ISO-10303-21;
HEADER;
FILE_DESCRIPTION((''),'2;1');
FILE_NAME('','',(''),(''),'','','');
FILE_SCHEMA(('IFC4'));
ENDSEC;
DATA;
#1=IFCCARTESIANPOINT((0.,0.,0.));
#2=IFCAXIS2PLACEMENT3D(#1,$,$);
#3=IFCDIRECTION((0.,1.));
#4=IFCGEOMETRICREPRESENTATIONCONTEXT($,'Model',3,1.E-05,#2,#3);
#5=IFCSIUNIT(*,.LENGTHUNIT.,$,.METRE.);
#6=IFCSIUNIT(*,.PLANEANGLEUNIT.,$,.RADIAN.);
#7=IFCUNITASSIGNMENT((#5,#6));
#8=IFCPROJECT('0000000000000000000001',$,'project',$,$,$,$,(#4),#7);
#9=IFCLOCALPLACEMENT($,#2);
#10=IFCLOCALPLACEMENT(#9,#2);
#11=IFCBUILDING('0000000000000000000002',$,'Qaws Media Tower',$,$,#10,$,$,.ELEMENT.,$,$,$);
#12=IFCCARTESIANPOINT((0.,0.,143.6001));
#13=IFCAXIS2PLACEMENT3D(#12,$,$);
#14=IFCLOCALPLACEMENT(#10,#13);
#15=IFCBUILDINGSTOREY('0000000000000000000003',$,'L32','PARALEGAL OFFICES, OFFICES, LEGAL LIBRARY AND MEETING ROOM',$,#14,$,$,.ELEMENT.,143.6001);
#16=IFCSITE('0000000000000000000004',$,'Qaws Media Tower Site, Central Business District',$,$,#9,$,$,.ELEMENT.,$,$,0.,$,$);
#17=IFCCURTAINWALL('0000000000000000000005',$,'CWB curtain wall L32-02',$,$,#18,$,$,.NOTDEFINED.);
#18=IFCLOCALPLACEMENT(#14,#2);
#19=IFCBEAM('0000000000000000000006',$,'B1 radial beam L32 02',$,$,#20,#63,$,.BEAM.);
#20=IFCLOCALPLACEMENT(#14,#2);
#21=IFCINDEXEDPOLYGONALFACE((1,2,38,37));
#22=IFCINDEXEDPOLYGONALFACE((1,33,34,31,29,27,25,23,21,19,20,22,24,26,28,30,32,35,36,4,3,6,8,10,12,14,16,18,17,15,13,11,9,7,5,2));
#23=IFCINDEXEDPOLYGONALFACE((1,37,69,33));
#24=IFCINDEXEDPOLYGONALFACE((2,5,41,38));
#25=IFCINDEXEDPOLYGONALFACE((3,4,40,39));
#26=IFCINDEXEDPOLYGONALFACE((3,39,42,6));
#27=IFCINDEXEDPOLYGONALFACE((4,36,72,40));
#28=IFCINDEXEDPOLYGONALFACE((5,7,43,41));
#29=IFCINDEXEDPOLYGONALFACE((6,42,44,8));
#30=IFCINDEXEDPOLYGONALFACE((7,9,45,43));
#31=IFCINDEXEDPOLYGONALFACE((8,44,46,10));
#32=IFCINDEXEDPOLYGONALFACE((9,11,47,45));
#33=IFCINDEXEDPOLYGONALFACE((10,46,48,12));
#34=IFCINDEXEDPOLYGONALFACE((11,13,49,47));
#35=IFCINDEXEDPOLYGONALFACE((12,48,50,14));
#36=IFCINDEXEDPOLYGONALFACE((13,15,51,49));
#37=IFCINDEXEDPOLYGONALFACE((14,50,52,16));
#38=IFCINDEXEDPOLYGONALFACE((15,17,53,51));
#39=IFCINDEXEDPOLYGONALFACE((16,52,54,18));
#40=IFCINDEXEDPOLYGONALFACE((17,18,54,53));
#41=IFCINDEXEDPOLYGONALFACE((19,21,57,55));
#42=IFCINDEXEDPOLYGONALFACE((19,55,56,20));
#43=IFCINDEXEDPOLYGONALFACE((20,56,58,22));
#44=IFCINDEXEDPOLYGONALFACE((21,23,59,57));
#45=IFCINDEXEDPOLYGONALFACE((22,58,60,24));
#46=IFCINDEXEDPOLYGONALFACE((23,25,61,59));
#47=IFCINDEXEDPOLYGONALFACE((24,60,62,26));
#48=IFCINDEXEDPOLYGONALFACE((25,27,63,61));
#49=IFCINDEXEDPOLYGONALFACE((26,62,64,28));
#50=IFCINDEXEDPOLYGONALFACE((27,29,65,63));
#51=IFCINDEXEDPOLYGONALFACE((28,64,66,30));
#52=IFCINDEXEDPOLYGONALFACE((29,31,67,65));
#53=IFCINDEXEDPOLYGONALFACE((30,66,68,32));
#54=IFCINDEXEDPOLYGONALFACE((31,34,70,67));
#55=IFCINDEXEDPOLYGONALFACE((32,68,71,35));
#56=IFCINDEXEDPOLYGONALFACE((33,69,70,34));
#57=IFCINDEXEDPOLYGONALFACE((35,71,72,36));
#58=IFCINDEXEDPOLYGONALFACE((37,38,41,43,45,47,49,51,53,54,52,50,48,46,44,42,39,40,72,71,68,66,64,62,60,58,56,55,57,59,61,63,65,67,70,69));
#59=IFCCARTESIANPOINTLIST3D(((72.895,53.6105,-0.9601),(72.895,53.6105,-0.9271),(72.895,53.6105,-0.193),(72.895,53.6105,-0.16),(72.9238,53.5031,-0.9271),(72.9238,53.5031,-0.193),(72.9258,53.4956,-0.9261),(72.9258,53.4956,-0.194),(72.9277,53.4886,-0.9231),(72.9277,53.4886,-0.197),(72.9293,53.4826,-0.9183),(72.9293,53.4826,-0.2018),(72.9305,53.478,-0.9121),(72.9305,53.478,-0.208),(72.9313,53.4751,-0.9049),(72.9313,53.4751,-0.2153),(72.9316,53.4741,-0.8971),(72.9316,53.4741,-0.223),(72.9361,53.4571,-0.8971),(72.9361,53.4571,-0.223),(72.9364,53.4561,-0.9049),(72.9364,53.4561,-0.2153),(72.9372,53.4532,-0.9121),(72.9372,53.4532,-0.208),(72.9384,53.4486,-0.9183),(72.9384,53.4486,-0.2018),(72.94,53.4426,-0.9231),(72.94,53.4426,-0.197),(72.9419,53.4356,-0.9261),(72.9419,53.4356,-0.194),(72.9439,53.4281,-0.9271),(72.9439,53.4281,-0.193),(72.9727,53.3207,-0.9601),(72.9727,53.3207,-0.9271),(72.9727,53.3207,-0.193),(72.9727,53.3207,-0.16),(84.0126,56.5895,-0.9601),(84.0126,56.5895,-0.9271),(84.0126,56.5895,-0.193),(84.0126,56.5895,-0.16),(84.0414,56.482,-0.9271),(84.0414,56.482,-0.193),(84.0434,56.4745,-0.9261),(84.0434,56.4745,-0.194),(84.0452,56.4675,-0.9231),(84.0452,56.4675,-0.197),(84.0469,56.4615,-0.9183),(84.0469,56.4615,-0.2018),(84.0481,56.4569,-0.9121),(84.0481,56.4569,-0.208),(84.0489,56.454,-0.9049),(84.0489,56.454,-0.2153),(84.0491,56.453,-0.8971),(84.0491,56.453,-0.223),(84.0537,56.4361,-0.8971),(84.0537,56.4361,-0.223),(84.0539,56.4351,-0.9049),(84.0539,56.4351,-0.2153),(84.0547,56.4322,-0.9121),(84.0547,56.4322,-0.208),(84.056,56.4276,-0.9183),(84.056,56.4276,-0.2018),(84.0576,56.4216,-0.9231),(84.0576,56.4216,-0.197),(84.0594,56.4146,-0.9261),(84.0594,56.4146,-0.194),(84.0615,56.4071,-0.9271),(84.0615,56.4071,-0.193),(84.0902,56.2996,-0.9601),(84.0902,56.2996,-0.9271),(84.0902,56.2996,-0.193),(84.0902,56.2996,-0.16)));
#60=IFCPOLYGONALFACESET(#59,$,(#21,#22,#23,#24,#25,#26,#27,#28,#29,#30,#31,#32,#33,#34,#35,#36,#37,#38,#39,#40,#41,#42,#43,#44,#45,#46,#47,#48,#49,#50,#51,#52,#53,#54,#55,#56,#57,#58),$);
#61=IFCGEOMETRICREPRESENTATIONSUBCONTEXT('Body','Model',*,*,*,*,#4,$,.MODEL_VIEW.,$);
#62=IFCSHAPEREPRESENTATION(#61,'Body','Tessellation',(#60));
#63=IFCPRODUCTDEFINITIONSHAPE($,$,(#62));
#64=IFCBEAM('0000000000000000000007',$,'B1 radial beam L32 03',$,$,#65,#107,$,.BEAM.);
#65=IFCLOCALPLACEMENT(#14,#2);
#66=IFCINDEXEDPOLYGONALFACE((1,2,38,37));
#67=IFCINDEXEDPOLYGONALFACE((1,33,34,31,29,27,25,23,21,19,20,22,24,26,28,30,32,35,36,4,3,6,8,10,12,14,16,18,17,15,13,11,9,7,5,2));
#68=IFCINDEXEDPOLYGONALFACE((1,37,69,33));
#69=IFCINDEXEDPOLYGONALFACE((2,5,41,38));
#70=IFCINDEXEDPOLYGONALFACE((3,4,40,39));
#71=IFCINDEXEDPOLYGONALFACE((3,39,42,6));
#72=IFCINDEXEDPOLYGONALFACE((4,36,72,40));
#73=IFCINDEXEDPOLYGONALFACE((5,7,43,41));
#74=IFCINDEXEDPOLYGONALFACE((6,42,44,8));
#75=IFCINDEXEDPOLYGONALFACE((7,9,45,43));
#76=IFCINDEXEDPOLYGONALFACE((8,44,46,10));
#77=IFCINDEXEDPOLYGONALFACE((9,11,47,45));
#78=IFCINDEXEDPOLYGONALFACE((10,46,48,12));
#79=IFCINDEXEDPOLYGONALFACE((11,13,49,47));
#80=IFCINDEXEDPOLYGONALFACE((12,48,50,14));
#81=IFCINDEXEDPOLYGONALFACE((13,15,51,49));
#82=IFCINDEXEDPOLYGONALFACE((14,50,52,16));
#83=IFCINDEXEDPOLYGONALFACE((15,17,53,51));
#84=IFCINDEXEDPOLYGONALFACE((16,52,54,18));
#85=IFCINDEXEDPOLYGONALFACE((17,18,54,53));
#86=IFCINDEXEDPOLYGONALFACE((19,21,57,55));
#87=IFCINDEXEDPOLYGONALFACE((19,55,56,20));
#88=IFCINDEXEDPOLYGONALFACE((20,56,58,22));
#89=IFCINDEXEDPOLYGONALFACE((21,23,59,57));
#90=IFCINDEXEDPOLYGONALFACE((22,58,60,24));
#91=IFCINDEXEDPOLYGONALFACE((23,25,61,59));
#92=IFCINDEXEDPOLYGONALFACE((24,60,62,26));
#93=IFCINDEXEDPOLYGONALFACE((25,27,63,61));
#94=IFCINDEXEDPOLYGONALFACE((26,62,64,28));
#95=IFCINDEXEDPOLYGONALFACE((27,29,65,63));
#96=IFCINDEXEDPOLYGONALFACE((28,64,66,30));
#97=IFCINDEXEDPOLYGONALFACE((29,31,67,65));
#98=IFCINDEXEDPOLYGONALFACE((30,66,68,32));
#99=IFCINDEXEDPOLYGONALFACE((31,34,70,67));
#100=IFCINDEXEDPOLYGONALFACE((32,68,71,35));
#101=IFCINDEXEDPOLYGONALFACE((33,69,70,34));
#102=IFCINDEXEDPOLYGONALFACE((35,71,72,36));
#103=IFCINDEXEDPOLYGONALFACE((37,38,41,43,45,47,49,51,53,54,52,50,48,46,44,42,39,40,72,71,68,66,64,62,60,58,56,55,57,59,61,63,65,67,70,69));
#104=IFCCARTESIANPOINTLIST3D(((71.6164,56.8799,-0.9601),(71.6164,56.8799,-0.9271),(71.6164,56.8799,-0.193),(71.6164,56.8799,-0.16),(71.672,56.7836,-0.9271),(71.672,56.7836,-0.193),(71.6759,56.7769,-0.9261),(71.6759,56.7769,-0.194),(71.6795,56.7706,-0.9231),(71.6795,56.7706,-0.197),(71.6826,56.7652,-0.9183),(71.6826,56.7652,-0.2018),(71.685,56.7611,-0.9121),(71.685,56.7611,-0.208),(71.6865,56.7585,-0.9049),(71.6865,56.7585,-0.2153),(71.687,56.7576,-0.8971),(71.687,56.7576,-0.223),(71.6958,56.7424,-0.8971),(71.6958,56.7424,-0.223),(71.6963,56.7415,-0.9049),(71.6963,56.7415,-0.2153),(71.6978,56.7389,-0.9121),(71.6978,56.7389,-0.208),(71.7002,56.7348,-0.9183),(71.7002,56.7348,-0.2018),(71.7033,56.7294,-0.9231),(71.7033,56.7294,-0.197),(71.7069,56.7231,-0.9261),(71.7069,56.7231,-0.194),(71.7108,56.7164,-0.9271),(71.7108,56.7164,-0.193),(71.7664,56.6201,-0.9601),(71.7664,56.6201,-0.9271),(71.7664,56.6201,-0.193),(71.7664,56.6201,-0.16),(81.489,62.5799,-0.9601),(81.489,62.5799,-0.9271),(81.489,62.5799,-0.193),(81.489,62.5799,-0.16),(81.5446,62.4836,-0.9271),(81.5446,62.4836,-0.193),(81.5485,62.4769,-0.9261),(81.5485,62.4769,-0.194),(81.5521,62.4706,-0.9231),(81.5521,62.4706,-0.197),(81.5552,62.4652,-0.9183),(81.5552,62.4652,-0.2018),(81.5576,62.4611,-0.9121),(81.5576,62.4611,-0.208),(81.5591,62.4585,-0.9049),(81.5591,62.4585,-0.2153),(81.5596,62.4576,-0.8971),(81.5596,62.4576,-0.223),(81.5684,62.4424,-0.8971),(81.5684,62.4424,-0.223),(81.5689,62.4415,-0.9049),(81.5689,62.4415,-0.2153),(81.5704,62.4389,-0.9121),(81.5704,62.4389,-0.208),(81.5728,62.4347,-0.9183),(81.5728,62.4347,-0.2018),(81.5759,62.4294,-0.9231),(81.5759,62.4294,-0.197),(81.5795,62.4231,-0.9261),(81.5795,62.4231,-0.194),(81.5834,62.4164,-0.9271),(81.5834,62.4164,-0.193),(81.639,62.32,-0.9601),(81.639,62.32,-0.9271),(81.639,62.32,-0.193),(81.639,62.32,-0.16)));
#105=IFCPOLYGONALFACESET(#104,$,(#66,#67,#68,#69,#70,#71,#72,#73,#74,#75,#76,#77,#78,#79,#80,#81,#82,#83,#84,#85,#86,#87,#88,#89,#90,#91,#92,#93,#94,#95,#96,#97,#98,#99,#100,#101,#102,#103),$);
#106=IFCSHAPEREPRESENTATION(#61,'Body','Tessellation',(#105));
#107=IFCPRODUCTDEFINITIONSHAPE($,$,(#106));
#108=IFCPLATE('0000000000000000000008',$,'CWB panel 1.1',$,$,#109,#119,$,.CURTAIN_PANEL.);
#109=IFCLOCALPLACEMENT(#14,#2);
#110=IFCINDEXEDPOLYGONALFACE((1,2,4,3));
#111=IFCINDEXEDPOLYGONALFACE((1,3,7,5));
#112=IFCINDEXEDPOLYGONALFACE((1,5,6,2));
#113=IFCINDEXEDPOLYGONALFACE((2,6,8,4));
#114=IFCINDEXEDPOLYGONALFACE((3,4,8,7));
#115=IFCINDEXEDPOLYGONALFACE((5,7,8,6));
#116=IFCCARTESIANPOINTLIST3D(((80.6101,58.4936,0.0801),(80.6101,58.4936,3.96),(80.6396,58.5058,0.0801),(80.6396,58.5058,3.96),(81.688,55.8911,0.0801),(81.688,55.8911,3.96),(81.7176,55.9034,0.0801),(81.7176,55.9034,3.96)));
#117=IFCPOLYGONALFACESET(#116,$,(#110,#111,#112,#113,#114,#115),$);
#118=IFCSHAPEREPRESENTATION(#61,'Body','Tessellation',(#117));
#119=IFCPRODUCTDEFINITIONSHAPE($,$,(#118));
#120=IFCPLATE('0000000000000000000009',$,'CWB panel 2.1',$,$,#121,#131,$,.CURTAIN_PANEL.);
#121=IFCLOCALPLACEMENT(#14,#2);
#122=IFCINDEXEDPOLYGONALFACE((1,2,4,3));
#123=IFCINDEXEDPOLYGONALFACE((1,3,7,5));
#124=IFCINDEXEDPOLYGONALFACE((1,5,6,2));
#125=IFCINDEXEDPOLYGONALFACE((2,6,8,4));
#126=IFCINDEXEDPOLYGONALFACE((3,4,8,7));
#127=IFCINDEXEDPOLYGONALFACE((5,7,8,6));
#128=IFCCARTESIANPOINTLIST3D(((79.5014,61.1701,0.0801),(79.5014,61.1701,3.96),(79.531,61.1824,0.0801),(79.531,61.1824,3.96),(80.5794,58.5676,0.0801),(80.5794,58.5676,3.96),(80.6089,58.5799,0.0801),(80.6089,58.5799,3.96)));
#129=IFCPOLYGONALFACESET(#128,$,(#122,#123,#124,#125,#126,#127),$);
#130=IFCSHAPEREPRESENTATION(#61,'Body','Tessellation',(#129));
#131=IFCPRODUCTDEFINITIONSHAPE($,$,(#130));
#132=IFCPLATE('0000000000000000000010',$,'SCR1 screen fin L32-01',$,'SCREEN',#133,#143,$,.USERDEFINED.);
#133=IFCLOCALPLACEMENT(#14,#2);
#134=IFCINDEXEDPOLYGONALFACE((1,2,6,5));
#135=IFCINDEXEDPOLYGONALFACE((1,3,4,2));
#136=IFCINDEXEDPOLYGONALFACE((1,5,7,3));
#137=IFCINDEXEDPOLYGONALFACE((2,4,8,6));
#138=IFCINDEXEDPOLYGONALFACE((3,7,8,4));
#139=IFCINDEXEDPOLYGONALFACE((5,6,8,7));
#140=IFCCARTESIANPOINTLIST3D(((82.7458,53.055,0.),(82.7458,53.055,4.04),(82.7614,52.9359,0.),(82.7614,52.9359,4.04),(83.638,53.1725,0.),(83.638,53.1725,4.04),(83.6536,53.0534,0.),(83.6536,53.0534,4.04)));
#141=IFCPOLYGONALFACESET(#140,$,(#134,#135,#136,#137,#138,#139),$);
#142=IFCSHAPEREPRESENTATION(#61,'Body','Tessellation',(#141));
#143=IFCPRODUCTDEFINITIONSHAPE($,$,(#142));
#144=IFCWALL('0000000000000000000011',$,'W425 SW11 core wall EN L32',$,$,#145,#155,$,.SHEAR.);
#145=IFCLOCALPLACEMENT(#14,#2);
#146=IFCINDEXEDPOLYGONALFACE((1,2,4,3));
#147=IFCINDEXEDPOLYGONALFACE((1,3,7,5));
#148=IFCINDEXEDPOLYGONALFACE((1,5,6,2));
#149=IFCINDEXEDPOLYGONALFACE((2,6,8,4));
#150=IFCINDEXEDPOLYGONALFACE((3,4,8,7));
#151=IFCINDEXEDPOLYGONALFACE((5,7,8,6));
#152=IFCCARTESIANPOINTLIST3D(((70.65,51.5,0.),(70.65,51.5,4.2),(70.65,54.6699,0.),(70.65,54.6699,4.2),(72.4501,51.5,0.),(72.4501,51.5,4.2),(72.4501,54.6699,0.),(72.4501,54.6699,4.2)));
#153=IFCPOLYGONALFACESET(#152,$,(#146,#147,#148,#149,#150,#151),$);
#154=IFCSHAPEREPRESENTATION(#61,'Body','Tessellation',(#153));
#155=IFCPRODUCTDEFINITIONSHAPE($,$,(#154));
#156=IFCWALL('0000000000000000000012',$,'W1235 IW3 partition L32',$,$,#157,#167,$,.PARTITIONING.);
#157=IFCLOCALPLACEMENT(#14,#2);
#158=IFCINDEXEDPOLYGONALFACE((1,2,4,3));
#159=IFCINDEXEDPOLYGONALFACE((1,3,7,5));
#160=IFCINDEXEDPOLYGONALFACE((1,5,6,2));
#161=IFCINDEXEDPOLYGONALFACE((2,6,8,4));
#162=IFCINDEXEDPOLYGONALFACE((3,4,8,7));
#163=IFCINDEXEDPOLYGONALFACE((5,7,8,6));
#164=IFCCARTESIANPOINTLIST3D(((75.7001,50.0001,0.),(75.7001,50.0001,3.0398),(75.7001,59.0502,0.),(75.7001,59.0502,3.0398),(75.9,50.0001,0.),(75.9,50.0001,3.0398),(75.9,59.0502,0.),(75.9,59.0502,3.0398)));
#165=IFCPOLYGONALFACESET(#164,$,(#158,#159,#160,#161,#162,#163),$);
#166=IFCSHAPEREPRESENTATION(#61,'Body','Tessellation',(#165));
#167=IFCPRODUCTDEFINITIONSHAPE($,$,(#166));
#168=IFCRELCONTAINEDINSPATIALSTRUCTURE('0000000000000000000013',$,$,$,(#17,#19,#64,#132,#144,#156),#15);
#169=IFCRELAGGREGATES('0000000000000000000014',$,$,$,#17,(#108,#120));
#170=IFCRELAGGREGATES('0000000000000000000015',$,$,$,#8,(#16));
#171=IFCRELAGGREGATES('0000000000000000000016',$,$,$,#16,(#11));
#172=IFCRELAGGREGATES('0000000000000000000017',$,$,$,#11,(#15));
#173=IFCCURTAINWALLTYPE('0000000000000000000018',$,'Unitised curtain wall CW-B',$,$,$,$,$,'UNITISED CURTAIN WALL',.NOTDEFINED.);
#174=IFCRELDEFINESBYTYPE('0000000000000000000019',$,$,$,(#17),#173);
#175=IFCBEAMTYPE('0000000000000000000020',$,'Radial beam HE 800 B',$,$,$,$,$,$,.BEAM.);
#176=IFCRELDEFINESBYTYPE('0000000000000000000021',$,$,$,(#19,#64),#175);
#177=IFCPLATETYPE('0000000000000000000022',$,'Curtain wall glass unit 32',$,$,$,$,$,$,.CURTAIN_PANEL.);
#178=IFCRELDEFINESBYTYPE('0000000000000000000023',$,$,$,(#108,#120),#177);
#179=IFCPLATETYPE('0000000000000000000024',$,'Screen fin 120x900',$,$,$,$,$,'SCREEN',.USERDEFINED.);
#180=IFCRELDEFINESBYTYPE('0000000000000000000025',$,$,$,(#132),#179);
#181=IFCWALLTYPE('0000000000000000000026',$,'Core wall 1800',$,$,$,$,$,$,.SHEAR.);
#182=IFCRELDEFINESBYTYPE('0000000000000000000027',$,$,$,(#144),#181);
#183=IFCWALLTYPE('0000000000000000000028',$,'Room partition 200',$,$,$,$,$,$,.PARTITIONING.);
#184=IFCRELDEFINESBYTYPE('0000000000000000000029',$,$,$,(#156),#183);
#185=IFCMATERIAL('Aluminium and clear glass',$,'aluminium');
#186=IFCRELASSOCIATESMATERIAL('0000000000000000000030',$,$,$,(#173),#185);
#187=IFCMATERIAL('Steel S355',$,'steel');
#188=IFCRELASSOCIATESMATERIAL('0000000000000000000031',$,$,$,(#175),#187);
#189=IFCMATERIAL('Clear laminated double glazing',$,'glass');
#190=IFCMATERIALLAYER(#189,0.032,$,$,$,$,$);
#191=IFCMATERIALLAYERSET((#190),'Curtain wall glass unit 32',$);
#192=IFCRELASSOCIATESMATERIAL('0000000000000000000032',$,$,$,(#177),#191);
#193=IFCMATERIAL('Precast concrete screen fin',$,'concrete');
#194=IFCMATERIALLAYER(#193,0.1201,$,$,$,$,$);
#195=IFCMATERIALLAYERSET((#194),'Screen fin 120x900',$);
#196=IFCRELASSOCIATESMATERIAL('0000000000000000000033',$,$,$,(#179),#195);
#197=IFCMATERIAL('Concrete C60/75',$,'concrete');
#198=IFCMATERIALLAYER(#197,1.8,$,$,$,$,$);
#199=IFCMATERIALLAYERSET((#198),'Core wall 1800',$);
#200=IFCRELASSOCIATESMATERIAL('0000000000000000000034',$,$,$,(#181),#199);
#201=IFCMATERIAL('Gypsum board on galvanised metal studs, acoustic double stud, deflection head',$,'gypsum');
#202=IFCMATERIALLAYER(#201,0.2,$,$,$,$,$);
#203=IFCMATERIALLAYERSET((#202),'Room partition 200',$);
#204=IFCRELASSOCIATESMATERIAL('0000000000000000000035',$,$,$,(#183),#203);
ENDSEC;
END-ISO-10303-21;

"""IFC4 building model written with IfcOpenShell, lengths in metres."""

from ifc_helpers import new_model, si_unit, direction, frame, frame_2d, origin, origin_2d, place, context, subcontext, project, spatial, rectangle, i_section, extrude, material, layer, layer_set, material_profile, profile_set, type_object, element, aggregate, save


model = new_model("IFC4")

# Units and contexts
model_context = context("Model", 3, precision=1e-05, world=origin(), true_north=direction((0.0, 1.0)))
body_context = subcontext(model_context, "Body", "Model", "MODEL_VIEW")
ifc_project = project(units=[si_unit("LENGTHUNIT", "METRE"), si_unit("PLANEANGLEUNIT", "RADIAN")], contexts=[model_context])

# Site, building, storey
site_placement = place(None, origin())
site = spatial("IfcSite", under=ifc_project, at=site_placement, Name="Qaws Media Tower Site, Central Business District", CompositionType="ELEMENT", RefElevation=0.0)
building_placement = place(site_placement, origin())
building = spatial("IfcBuilding", under=site, at=building_placement, Name="Qaws Media Tower", CompositionType="ELEMENT")
storey_placement = place(building_placement, frame((0.0, 0.0, 143.6001)))
storey = spatial("IfcBuildingStorey", under=building, at=storey_placement, Name="L32", Description="PARALEGAL OFFICES, OFFICES, LEGAL LIBRARY AND MEETING ROOM", CompositionType="ELEMENT", Elevation=143.6001)

# Curtain wall
ifc_material_1 = material(Name="Aluminium and clear glass", Category="aluminium")
curtain_wall_type = type_object("IfcCurtainWallType", Name="Unitised curtain wall CW-B", ElementType="UNITISED CURTAIN WALL", PredefinedType="NOTDEFINED", material=ifc_material_1)
curtain_wall_1_placement = place(storey_placement, origin())
curtain_wall_1 = element("IfcCurtainWall", 1, at=curtain_wall_1_placement, inside=storey, type_object=curtain_wall_type, Name="CWB curtain wall L32-02", PredefinedType="NOTDEFINED")

# Beams
ifc_material_2 = material(Name="Steel S355", Category="steel")
ifc_material_profile_1 = material_profile(ifc_material_2, i_section(OverallWidth=0.3, OverallDepth=0.8, WebThickness=0.0176, FlangeThickness=0.033, FilletRadius=0.03, at=origin_2d()), Name="HE 800 B")
ifc_profile_set_1 = profile_set([ifc_material_profile_1], Name="Steel S355")
beam_type_1 = type_object("IfcBeamType", Name="Radial beam HE 800 B", PredefinedType="BEAM", material=ifc_profile_set_1)
beam_1_placement = place(storey_placement, frame((72.9338, 53.4656, -0.5601), z_axis=(0.965925, 0.258822, 0.0), x_axis=(-0.258822, 0.965925, 0.0)))
element("IfcBeam", 2, at=beam_1_placement, inside=storey, type_object=beam_type_1, Name="B1 radial beam L32 02", PredefinedType="BEAM", context=body_context, shape_type="SweptSolid", body=[
    extrude(i_section(OverallWidth=0.3, OverallDepth=0.8, WebThickness=0.0176, FlangeThickness=0.033, FilletRadius=0.03, at=origin_2d()), origin(), (0.0, 0.0, 1.0), 11.5098),
])
beam_2_placement = place(storey_placement, frame((71.6914, 56.75, -0.5601), z_axis=(0.866024, 0.500002, 0.0), x_axis=(-0.500002, 0.866024, 0.0)))
element("IfcBeam", 3, at=beam_2_placement, inside=storey, type_object=beam_type_1, Name="B1 radial beam L32 03", PredefinedType="BEAM", context=body_context, shape_type="SweptSolid", body=[
    extrude(i_section(OverallWidth=0.3, OverallDepth=0.8, WebThickness=0.0176, FlangeThickness=0.033, FilletRadius=0.03, at=origin_2d()), origin(), (0.0, 0.0, 1.0), 11.3999),
])

# Plates
ifc_material_3 = material(Name="Clear laminated double glazing", Category="glass")
ifc_layer_1 = layer(ifc_material_3, 0.032)
ifc_layer_set_1 = layer_set([ifc_layer_1], Name="Curtain wall glass unit 32")
plate_type_1 = type_object("IfcPlateType", Name="Curtain wall glass unit 32", PredefinedType="CURTAIN_PANEL", material=ifc_layer_set_1)
plate_1_placement = place(storey_placement, frame((81.1638, 57.1985, 0.0801), z_axis=(0.0, 0.0, 1.0), x_axis=(-0.382683, 0.92388, 0.0)))
plate_1 = element("IfcPlate", 4, at=plate_1_placement, type_object=plate_type_1, Name="CWB panel 1.1", PredefinedType="CURTAIN_PANEL", context=body_context, shape_type="SweptSolid", body=[
    extrude(rectangle(XDim=2.8169, YDim=0.032, at=origin_2d()), origin(), (0.0, 0.0, 1.0), 3.8799),
])
plate_2_placement = place(storey_placement, frame((80.0552, 59.875, 0.0801), z_axis=(0.0, 0.0, 1.0), x_axis=(-0.382683, 0.92388, 0.0)))
plate_2 = element("IfcPlate", 5, at=plate_2_placement, type_object=plate_type_1, Name="CWB panel 2.1", PredefinedType="CURTAIN_PANEL", context=body_context, shape_type="SweptSolid", body=[
    extrude(rectangle(XDim=2.8169, YDim=0.032, at=origin_2d()), origin(), (0.0, 0.0, 1.0), 3.8799),
])
aggregate(curtain_wall_1, [plate_1, plate_2])
ifc_material_4 = material(Name="Precast concrete screen fin", Category="concrete")
ifc_layer_2 = layer(ifc_material_4, 0.1201)
ifc_layer_set_2 = layer_set([ifc_layer_2], Name="Screen fin 120x900")
plate_type_2 = type_object("IfcPlateType", Name="Screen fin 120x900", ElementType="SCREEN", PredefinedType="USERDEFINED", material=ifc_layer_set_2)
plate_3_placement = place(storey_placement, frame((83.1997, 53.0542, 0.0), z_axis=(0.0, 0.0, 1.0), x_axis=(0.991445, 0.130526, 0.0)))
element("IfcPlate", 6, at=plate_3_placement, inside=storey, type_object=plate_type_2, Name="SCR1 screen fin L32-01", ObjectType="SCREEN", PredefinedType="USERDEFINED", context=body_context, shape_type="SweptSolid", body=[
    extrude(rectangle(XDim=0.8999, YDim=0.1201, at=origin_2d()), origin(), (0.0, 0.0, 1.0), 4.04),
])

# Walls
ifc_material_5 = material(Name="Concrete C60/75", Category="concrete")
ifc_layer_3 = layer(ifc_material_5, 1.8)
ifc_layer_set_3 = layer_set([ifc_layer_3], Name="Core wall 1800")
wall_type_1 = type_object("IfcWallType", Name="Core wall 1800", PredefinedType="SHEAR", material=ifc_layer_set_3)
wall_1_placement = place(storey_placement, frame((71.55, 51.5, 0.0), z_axis=(0.0, 0.0, 1.0), x_axis=(0.0, 1.0, 0.0)))
element("IfcWall", 7, at=wall_1_placement, inside=storey, type_object=wall_type_1, Name="W425 SW11 core wall EN L32", PredefinedType="SHEAR", context=body_context, shape_type="SweptSolid", body=[
    extrude(rectangle(XDim=3.1699, YDim=1.8, at=frame_2d((1.585, 0.0))), origin(), (0.0, 0.0, 1.0), 4.2),
])
ifc_material_6 = material(Name="Gypsum board on galvanised metal studs, acoustic double stud, deflection head", Category="gypsum")
ifc_layer_4 = layer(ifc_material_6, 0.2)
ifc_layer_set_4 = layer_set([ifc_layer_4], Name="Room partition 200")
wall_type_2 = type_object("IfcWallType", Name="Room partition 200", PredefinedType="PARTITIONING", material=ifc_layer_set_4)
wall_2_placement = place(storey_placement, frame((75.8, 59.05, 0.0), z_axis=(0.0, 0.0, 1.0), x_axis=(0.0, -1.0, 0.0)))
element("IfcWall", 8, at=wall_2_placement, inside=storey, type_object=wall_type_2, Name="W1235 IW3 partition L32", PredefinedType="PARTITIONING", context=body_context, shape_type="SweptSolid", body=[
    extrude(rectangle(XDim=9.05, YDim=0.2, at=frame_2d((4.5249, 0.0))), origin(), (0.0, 0.0, 1.0), 3.0398),
])

save(model, "model.ifc")
